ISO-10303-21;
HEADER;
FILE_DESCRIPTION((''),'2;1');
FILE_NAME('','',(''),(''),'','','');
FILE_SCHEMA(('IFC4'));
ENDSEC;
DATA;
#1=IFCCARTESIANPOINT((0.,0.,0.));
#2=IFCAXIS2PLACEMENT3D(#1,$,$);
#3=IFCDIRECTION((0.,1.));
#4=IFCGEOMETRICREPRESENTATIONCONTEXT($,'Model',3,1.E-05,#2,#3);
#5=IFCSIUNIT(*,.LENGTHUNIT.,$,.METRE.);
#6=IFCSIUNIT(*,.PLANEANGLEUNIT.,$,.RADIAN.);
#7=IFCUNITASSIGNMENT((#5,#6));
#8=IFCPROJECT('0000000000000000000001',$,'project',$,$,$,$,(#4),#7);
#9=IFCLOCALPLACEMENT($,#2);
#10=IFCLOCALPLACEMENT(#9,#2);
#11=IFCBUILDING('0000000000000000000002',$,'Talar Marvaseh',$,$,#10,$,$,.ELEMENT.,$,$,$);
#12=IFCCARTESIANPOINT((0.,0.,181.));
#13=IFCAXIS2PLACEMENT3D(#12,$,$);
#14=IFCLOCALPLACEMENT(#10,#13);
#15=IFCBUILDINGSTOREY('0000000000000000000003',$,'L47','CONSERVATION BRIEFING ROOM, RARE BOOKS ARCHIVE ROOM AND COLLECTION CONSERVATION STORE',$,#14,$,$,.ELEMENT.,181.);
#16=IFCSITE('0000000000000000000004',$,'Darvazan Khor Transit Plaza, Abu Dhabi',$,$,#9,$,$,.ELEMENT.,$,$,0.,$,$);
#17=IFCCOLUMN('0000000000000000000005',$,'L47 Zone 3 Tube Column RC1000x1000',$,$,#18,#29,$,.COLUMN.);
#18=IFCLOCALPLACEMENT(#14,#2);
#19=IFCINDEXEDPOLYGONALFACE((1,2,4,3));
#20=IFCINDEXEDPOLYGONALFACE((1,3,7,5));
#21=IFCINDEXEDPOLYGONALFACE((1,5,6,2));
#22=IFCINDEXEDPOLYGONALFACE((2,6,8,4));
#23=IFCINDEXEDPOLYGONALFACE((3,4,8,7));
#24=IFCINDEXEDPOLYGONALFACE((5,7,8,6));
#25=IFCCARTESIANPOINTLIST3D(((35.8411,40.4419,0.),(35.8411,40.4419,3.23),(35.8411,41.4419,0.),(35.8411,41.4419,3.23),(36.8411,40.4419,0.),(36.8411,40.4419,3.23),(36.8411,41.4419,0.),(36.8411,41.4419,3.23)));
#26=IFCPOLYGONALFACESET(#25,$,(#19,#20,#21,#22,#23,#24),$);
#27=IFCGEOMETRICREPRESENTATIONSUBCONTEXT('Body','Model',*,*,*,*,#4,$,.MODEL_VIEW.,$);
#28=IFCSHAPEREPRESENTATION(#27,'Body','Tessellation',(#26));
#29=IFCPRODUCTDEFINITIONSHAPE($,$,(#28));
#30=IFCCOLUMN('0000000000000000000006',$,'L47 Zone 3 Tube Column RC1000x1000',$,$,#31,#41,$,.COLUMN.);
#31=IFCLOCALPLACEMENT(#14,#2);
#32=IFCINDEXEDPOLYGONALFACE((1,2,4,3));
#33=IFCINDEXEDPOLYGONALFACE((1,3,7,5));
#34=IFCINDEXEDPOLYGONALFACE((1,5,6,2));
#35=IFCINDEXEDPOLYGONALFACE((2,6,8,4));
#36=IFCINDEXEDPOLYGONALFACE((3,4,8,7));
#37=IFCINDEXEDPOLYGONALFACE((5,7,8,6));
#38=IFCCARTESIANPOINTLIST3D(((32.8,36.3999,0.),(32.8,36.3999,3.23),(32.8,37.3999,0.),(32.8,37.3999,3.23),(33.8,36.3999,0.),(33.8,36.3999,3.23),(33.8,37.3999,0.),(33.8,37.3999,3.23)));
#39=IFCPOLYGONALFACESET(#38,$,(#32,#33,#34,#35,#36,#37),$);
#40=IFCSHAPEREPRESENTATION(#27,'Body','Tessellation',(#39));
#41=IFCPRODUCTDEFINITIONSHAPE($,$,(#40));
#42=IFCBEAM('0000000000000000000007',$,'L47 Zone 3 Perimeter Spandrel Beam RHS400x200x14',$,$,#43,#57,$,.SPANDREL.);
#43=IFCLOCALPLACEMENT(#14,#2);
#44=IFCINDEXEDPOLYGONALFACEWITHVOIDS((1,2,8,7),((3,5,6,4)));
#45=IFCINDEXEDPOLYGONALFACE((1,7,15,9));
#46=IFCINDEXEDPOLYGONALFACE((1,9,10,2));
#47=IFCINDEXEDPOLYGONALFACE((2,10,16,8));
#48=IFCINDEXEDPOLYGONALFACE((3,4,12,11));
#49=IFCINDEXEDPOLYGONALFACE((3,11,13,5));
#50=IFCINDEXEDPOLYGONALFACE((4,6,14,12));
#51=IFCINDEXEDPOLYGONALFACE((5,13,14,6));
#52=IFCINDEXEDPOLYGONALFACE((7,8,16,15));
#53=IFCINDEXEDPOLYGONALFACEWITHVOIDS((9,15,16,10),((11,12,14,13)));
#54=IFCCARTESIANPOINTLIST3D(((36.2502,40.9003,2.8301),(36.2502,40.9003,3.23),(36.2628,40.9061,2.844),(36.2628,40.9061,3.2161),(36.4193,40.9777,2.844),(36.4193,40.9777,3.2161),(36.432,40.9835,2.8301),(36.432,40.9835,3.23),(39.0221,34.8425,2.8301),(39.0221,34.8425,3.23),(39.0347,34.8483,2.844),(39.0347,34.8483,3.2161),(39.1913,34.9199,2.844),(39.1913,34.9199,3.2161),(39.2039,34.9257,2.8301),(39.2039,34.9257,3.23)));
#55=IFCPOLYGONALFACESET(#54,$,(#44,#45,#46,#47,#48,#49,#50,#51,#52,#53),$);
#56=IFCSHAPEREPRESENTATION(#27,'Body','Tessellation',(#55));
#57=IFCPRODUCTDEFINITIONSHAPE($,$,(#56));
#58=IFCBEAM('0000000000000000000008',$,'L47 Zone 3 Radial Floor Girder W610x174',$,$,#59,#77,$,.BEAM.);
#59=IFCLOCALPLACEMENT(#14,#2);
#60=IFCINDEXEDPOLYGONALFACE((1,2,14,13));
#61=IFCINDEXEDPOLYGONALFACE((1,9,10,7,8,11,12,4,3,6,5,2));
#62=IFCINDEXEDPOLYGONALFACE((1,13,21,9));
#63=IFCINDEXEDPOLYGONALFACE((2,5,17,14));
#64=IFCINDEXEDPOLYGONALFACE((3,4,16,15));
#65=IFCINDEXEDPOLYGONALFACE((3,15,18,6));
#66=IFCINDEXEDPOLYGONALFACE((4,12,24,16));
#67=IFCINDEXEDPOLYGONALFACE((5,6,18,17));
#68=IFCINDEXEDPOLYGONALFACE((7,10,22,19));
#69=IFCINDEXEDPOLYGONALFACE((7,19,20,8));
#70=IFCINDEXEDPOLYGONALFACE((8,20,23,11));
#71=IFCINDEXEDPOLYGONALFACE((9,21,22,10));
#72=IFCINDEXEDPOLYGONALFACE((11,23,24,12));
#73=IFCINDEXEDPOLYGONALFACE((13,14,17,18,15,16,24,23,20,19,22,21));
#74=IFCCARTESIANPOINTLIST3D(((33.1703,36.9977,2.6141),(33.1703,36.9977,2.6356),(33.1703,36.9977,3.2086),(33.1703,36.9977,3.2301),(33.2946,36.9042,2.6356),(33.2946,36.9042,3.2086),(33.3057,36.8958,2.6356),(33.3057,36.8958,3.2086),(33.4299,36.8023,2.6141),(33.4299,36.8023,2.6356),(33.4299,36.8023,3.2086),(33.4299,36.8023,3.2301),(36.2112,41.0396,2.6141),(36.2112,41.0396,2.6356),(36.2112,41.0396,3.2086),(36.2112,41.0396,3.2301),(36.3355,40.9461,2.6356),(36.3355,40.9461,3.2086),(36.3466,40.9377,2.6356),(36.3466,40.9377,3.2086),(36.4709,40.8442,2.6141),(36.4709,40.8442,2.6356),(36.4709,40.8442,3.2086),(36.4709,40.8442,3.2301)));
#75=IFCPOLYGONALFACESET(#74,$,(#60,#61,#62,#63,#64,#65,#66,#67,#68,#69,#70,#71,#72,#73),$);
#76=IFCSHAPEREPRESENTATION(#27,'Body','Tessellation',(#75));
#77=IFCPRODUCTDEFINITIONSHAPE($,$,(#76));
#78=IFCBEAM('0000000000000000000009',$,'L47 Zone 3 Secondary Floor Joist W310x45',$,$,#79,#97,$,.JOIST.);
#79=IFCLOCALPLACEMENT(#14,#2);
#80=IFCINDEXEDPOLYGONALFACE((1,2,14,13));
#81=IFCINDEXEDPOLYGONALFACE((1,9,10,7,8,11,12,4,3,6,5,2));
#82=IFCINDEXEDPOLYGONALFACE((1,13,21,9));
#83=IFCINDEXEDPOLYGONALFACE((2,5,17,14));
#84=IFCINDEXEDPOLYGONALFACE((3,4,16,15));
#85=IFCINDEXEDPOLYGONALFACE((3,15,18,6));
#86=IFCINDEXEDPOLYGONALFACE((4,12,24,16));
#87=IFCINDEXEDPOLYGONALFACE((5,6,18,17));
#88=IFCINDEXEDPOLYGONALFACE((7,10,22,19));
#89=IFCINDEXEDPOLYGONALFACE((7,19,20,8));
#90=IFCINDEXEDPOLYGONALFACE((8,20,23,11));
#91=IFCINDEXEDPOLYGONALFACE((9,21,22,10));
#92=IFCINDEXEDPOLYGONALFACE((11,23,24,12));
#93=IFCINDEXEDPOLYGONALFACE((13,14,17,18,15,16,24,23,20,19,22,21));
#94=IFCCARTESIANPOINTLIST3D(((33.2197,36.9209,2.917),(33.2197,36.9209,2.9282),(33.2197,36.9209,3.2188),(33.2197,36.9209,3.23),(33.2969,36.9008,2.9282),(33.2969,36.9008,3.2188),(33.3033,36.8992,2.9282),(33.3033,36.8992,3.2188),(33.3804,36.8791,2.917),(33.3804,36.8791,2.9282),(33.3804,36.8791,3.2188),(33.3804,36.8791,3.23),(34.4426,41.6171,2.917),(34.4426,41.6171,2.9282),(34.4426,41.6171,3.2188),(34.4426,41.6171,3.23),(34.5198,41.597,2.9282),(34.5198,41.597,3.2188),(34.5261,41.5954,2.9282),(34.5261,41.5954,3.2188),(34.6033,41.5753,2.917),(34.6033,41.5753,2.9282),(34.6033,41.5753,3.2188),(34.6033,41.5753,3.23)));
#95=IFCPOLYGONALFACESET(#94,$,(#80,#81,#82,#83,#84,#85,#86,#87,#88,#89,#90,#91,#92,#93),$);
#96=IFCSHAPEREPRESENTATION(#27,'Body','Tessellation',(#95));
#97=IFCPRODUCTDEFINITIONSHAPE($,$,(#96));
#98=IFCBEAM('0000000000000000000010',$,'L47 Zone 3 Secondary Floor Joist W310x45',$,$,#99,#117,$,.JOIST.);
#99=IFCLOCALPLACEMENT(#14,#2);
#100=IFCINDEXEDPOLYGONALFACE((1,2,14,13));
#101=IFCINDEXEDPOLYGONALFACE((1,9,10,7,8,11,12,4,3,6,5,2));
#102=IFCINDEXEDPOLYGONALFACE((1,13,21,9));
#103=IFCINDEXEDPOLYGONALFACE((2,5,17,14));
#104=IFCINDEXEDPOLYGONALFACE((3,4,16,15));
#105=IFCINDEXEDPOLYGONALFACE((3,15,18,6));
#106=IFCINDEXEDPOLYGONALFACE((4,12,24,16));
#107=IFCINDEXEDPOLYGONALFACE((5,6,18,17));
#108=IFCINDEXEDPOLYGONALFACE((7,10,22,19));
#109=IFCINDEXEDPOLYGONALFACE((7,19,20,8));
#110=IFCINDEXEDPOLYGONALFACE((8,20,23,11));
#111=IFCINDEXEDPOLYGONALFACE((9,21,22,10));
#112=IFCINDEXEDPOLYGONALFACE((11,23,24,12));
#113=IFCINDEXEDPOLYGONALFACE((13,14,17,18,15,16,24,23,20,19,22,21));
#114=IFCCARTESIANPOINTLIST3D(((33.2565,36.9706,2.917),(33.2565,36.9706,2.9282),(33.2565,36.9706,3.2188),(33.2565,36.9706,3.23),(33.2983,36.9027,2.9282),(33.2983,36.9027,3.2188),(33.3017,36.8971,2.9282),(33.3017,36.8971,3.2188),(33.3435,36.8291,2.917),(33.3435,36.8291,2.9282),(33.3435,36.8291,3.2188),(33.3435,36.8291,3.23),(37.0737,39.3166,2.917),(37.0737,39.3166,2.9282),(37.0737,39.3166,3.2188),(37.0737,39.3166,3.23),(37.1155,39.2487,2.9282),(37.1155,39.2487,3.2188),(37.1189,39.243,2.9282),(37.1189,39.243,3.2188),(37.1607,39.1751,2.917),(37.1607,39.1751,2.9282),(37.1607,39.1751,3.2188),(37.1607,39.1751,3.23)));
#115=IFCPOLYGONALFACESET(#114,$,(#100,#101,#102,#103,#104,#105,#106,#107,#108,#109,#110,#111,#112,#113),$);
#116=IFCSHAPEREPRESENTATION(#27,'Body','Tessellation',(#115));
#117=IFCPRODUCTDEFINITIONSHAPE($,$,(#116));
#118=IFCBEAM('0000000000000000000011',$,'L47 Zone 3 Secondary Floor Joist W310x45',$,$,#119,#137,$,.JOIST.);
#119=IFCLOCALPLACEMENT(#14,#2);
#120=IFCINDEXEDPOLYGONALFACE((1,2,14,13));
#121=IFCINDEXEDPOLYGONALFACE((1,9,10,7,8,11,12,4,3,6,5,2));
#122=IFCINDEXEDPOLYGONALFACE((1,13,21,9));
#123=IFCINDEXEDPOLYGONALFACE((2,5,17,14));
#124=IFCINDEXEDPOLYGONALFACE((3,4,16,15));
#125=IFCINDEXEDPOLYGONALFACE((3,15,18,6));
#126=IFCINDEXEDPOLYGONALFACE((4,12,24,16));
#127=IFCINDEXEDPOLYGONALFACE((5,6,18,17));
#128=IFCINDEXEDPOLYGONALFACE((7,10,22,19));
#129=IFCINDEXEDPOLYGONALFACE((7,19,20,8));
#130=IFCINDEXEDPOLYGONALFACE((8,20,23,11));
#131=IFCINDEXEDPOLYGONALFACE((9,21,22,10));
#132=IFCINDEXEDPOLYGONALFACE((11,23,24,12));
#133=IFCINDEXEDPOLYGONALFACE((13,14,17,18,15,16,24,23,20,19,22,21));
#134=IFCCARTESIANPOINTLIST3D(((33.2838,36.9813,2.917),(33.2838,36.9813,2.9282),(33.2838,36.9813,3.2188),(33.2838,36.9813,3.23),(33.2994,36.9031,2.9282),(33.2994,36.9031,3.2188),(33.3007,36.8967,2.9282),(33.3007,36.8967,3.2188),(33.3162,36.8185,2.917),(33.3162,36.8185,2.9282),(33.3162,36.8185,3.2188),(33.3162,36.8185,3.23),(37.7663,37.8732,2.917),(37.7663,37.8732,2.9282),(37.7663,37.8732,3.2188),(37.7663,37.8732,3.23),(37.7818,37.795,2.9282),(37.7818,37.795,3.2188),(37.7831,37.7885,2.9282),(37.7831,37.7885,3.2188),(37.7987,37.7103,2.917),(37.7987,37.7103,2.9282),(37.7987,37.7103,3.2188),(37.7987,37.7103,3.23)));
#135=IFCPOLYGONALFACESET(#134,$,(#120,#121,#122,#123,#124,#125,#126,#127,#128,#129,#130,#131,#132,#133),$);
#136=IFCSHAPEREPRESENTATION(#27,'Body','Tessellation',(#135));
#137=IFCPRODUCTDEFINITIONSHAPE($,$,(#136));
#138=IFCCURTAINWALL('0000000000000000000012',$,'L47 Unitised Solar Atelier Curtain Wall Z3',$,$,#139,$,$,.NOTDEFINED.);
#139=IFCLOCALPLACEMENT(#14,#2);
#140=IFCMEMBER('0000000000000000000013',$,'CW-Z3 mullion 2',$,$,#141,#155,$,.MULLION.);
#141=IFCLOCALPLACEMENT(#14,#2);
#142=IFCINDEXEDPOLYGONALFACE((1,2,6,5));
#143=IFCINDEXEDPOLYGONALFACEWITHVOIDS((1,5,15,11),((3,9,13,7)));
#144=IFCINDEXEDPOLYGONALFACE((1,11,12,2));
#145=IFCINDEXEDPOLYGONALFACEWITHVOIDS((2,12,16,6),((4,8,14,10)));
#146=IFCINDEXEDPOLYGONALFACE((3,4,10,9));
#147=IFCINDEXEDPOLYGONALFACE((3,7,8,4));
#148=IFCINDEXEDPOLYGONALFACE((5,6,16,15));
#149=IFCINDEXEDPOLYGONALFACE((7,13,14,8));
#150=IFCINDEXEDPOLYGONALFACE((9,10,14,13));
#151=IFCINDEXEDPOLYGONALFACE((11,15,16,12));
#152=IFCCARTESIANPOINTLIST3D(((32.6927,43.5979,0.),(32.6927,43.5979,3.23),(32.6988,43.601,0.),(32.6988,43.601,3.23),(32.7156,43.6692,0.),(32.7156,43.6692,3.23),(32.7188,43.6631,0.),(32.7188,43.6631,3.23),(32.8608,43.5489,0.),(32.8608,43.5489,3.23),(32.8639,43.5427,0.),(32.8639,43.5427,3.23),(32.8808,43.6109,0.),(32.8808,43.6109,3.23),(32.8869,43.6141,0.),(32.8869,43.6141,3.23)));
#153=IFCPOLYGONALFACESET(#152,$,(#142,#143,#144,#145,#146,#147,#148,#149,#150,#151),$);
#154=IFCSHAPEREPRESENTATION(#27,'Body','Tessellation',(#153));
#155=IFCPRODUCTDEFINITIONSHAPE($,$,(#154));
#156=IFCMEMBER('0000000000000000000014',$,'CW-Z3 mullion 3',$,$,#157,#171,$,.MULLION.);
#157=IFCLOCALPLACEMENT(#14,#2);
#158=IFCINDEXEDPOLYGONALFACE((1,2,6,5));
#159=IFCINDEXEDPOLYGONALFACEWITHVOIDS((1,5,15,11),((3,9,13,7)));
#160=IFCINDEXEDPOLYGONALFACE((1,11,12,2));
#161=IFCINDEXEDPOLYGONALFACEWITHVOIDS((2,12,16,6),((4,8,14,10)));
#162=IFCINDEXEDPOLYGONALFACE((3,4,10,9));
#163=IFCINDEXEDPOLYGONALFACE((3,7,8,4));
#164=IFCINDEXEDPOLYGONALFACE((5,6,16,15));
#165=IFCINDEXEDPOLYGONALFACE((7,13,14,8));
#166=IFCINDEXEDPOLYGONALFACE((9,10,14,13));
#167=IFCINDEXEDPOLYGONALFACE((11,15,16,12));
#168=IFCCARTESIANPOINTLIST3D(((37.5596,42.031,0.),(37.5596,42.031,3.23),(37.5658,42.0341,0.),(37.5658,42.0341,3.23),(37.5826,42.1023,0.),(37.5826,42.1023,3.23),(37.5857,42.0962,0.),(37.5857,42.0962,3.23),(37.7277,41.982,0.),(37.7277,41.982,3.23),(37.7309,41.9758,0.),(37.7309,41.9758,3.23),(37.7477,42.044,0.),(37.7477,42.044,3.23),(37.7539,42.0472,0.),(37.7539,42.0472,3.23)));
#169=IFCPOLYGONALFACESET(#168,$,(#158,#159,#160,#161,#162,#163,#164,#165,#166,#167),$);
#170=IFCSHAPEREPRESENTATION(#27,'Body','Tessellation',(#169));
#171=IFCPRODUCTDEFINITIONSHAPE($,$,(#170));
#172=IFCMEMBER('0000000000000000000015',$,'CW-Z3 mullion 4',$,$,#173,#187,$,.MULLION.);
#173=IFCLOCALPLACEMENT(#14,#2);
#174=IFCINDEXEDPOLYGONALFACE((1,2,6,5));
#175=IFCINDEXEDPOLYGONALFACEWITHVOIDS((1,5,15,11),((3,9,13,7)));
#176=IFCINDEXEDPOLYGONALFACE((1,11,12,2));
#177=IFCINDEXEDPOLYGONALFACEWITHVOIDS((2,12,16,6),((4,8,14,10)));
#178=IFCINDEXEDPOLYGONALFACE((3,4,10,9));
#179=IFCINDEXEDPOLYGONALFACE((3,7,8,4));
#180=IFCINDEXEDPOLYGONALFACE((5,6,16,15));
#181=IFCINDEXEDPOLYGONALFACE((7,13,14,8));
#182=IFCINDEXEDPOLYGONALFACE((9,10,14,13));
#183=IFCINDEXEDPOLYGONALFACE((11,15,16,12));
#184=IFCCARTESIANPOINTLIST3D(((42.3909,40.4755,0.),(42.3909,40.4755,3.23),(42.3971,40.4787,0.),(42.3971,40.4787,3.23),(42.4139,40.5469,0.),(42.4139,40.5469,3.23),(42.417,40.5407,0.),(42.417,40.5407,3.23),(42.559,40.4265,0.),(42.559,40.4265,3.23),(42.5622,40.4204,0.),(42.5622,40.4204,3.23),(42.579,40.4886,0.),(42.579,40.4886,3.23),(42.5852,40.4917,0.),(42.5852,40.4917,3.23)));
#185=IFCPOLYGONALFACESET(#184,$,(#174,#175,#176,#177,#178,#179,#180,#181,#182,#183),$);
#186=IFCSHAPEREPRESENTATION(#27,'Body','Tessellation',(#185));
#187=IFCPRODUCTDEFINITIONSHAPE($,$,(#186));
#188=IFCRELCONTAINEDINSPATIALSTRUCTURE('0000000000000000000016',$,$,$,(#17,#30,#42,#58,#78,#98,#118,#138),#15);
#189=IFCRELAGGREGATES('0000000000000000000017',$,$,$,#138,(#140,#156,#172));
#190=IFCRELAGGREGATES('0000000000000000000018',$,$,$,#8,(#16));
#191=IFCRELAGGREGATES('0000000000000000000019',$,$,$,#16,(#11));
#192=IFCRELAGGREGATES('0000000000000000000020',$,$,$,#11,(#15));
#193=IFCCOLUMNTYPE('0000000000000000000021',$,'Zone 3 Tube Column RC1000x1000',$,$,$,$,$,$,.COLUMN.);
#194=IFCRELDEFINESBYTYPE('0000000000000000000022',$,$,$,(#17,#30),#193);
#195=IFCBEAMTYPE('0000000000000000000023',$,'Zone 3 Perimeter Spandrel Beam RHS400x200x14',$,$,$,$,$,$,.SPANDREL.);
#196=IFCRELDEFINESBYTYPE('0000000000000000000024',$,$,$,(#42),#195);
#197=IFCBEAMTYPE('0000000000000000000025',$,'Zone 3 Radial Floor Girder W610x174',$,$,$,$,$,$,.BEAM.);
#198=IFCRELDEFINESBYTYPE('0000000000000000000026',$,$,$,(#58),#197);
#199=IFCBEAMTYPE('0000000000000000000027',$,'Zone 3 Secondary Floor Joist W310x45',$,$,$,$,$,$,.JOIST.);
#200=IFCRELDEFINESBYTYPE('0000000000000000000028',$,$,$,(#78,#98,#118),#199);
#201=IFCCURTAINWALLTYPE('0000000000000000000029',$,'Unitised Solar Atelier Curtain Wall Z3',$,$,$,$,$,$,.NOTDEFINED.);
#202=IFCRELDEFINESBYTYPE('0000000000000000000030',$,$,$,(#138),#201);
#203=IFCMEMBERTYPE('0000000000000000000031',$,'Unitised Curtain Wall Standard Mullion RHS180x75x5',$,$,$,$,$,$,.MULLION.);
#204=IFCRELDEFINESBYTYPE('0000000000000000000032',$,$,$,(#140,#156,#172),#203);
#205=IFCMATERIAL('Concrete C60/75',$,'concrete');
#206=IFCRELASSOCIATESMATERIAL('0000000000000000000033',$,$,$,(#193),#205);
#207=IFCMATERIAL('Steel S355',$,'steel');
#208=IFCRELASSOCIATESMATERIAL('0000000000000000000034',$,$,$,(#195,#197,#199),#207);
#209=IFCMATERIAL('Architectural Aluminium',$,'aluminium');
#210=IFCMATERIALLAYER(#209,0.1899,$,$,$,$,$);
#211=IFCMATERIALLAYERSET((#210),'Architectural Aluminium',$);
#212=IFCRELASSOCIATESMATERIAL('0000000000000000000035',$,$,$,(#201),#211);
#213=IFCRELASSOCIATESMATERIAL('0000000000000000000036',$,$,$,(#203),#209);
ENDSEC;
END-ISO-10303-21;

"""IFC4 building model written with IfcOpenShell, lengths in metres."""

from ifc_helpers import new_model, si_unit, direction, frame, origin, origin_2d, place, context, subcontext, project, spatial, rectangle, hollow_rectangle, i_section, extrude, source, transform, mapped, material, layer, layer_set, material_profile, profile_set, type_object, type_shapes, element, aggregate, save


model = new_model("IFC4")

# Units and contexts
model_context = context("Model", 3, precision=1e-05, world=origin(), true_north=direction((0.0, 1.0)))
body_context = subcontext(model_context, "Body", "Model", "MODEL_VIEW")
ifc_project = project(units=[si_unit("LENGTHUNIT", "METRE"), si_unit("PLANEANGLEUNIT", "RADIAN")], contexts=[model_context])

# Site, building, storey
site_placement = place(None, origin())
site = spatial("IfcSite", under=ifc_project, at=site_placement, Name="Darvazan Khor Transit Plaza, Abu Dhabi", CompositionType="ELEMENT", RefElevation=0.0)
building_placement = place(site_placement, origin())
building = spatial("IfcBuilding", under=site, at=building_placement, Name="Talar Marvaseh", CompositionType="ELEMENT")
storey_placement = place(building_placement, frame((0.0, 0.0, 181.0)))
storey = spatial("IfcBuildingStorey", under=building, at=storey_placement, Name="L47", Description="CONSERVATION BRIEFING ROOM, RARE BOOKS ARCHIVE ROOM AND COLLECTION CONSERVATION STORE", CompositionType="ELEMENT", Elevation=181.0)

# Columns
ifc_material_1 = material(Name="Concrete C60/75", Category="concrete")
ifc_material_profile_1 = material_profile(ifc_material_1, rectangle(XDim=1.0, YDim=1.0, at=origin_2d()), Name="RC1000x1000")
ifc_profile_set_1 = profile_set([ifc_material_profile_1], Name="Concrete C60/75")
column_type = type_object("IfcColumnType", Name="Zone 3 Tube Column RC1000x1000", PredefinedType="COLUMN", material=ifc_profile_set_1)
for number, where, z_axis, x_axis, name in (
    (1, (36.3411, 40.9419, 0.0), (0.0, 0.0, 1.0), (1.0, 0.0, 0.0), "L47 Zone 3 Tube Column RC1000x1000"),
    (2, (33.3, 36.8999, 0.0), (0.0, 0.0, 1.0), (1.0, 0.0, 0.0), "L47 Zone 3 Tube Column RC1000x1000"),
):
    element("IfcColumn", number, at=place(storey_placement, frame(where, z_axis=z_axis, x_axis=x_axis)), inside=storey, type_object=column_type, Name=name, PredefinedType="COLUMN", context=body_context, shape_type="SweptSolid", body=[
        extrude(rectangle(XDim=1.0, YDim=1.0, at=origin_2d()), origin(), (0.0, 0.0, 1.0), 3.23),
    ])

# Beams
ifc_material_2 = material(Name="Steel S355", Category="steel")
ifc_material_profile_2 = material_profile(ifc_material_2, hollow_rectangle(XDim=0.2, YDim=0.3999, WallThickness=0.0139, at=origin_2d()), Name="RHS400x200x14")
ifc_profile_set_2 = profile_set([ifc_material_profile_2], Name="Steel S355")
beam_type_1 = type_object("IfcBeamType", Name="Zone 3 Perimeter Spandrel Beam RHS400x200x14", PredefinedType="SPANDREL", material=ifc_profile_set_2)
beam_1_placement = place(storey_placement, frame((36.3411, 40.9419, 3.03), z_axis=(0.416091, -0.909323, 0.0), x_axis=(0.909323, 0.416091, 0.0)))
element("IfcBeam", 3, at=beam_1_placement, inside=storey, type_object=beam_type_1, Name="L47 Zone 3 Perimeter Spandrel Beam RHS400x200x14", PredefinedType="SPANDREL", context=body_context, shape_type="SweptSolid", body=[
    extrude(hollow_rectangle(XDim=0.2, YDim=0.3999, WallThickness=0.0139, at=origin_2d()), origin(), (0.0, 0.0, 1.0), 6.6619),
])
ifc_material_profile_3 = material_profile(ifc_material_2, i_section(OverallWidth=0.325, OverallDepth=0.616, WebThickness=0.0139, FlangeThickness=0.0215, at=origin_2d()), Name="W610x174")
ifc_profile_set_3 = profile_set([ifc_material_profile_3], Name="Steel S355")
beam_type_2 = type_object("IfcBeamType", Name="Zone 3 Radial Floor Girder W610x174", PredefinedType="BEAM", material=ifc_profile_set_3)
beam_2_placement = place(storey_placement, frame((36.3411, 40.9419, 2.9221), z_axis=(-0.601204, -0.799096, 0.0), x_axis=(0.799096, -0.601204, 0.0)))
element("IfcBeam", 4, at=beam_2_placement, inside=storey, type_object=beam_type_2, Name="L47 Zone 3 Radial Floor Girder W610x174", PredefinedType="BEAM", context=body_context, shape_type="SweptSolid", body=[
    extrude(i_section(OverallWidth=0.325, OverallDepth=0.616, WebThickness=0.0139, FlangeThickness=0.0215, at=origin_2d()), origin(), (0.0, 0.0, 1.0), 5.0581),
])
ifc_material_profile_4 = material_profile(ifc_material_2, i_section(OverallWidth=0.166, OverallDepth=0.313, WebThickness=0.0066, FlangeThickness=0.0112, at=origin_2d()), Name="W310x45")
ifc_profile_set_4 = profile_set([ifc_material_profile_4], Name="Steel S355")
beam_type_3 = type_object("IfcBeamType", Name="Zone 3 Secondary Floor Joist W310x45", PredefinedType="JOIST", material=ifc_profile_set_4)
beam_3_placement = place(storey_placement, frame((34.5229, 41.5962, 3.0735), z_axis=(-0.251994, -0.967729, 0.0), x_axis=(0.967729, -0.251994, 0.0)))
element("IfcBeam", 5, at=beam_3_placement, inside=storey, type_object=beam_type_3, Name="L47 Zone 3 Secondary Floor Joist W310x45", PredefinedType="JOIST", context=body_context, shape_type="SweptSolid", body=[
    extrude(i_section(OverallWidth=0.166, OverallDepth=0.313, WebThickness=0.0066, FlangeThickness=0.0112, at=origin_2d()), origin(), (0.0, 0.0, 1.0), 4.8528),
])
beam_4_placement = place(storey_placement, frame((37.1172, 39.2458, 3.0735), z_axis=(-0.851963, -0.523602, 0.0), x_axis=(0.523602, -0.851963, 0.0)))
element("IfcBeam", 6, at=beam_4_placement, inside=storey, type_object=beam_type_3, Name="L47 Zone 3 Secondary Floor Joist W310x45", PredefinedType="JOIST", context=body_context, shape_type="SweptSolid", body=[
    extrude(i_section(OverallWidth=0.166, OverallDepth=0.313, WebThickness=0.0066, FlangeThickness=0.0112, at=origin_2d()), origin(), (0.0, 0.0, 1.0), 4.4805),
])
beam_5_placement = place(storey_placement, frame((37.7825, 37.7917, 3.0735), z_axis=(-0.980775, -0.19514, 0.0), x_axis=(0.19514, -0.980775, 0.0)))
element("IfcBeam", 7, at=beam_5_placement, inside=storey, type_object=beam_type_3, Name="L47 Zone 3 Secondary Floor Joist W310x45", PredefinedType="JOIST", context=body_context, shape_type="SweptSolid", body=[
    extrude(i_section(OverallWidth=0.166, OverallDepth=0.313, WebThickness=0.0066, FlangeThickness=0.0112, at=origin_2d()), origin(), (0.0, 0.0, 1.0), 4.5703),
])

# Curtain wall, members
ifc_material_3 = material(Name="Architectural Aluminium", Category="aluminium")
ifc_layer_1 = layer(ifc_material_3, 0.1899)
ifc_layer_set_1 = layer_set([ifc_layer_1], Name="Architectural Aluminium")
curtain_wall_type = type_object("IfcCurtainWallType", Name="Unitised Solar Atelier Curtain Wall Z3", PredefinedType="NOTDEFINED", material=ifc_layer_set_1)
curtain_wall_1_placement = place(storey_placement, origin())
curtain_wall_1 = element("IfcCurtainWall", 8, at=curtain_wall_1_placement, inside=storey, type_object=curtain_wall_type, Name="L47 Unitised Solar Atelier Curtain Wall Z3", PredefinedType="NOTDEFINED")
ifc_material_profile_5 = material_profile(ifc_material_3, hollow_rectangle(XDim=0.075, YDim=0.1799, WallThickness=0.0049, at=origin_2d()), Name="RHS180x75x5")
ifc_profile_set_5 = profile_set([ifc_material_profile_5], Name="Architectural Aluminium")
member_type_1 = type_object("IfcMemberType", Name="Unitised Curtain Wall Standard Mullion RHS180x75x5", PredefinedType="MULLION", material=ifc_profile_set_5)
shared_shape_1 = source(origin(), body_context, "Body", "SweptSolid", [
    extrude(hollow_rectangle(XDim=0.075, YDim=0.1799, WallThickness=0.0049, at=origin_2d()), origin(), (0.0, 0.0, 1.0), 3.23),
])
type_shapes(member_type_1, [shared_shape_1])
member_1_placement = place(storey_placement, frame((32.7898, 43.606, 0.0), z_axis=(0.0, 0.0, 1.0), x_axis=(0.306465, 0.951882, 0.0)))
member_1 = element("IfcMember", 9, at=member_1_placement, type_object=member_type_1, Name="CW-Z3 mullion 2", PredefinedType="MULLION", context=body_context, shape_type="MappedRepresentation", body=[
    mapped(shared_shape_1, transform((0.0, 0.0, 0.0), x_axis=(1.0, 0.0, 0.0), y_axis=(0.0, 1.0, 0.0), z_axis=(0.0, 0.0, 1.0), scale=1.0)),
])
member_2_placement = place(storey_placement, frame((37.6567, 42.0391, 0.0), z_axis=(0.0, 0.0, 1.0), x_axis=(0.306465, 0.951882, 0.0)))
member_2 = element("IfcMember", 10, at=member_2_placement, type_object=member_type_1, Name="CW-Z3 mullion 3", PredefinedType="MULLION", context=body_context, shape_type="MappedRepresentation", body=[
    mapped(shared_shape_1, transform((0.0, 0.0, 0.0), x_axis=(1.0, 0.0, 0.0), y_axis=(0.0, 1.0, 0.0), z_axis=(0.0, 0.0, 1.0), scale=1.0)),
])
member_3_placement = place(storey_placement, frame((42.488, 40.4836, 0.0), z_axis=(0.0, 0.0, 1.0), x_axis=(0.306465, 0.951882, 0.0)))
member_3 = element("IfcMember", 11, at=member_3_placement, type_object=member_type_1, Name="CW-Z3 mullion 4", PredefinedType="MULLION", context=body_context, shape_type="MappedRepresentation", body=[
    mapped(shared_shape_1, transform((0.0, 0.0, 0.0), x_axis=(1.0, 0.0, 0.0), y_axis=(0.0, 1.0, 0.0), z_axis=(0.0, 0.0, 1.0), scale=1.0)),
])

aggregate(curtain_wall_1, [member_1, member_2, member_3])

save(model, "model.ifc")
